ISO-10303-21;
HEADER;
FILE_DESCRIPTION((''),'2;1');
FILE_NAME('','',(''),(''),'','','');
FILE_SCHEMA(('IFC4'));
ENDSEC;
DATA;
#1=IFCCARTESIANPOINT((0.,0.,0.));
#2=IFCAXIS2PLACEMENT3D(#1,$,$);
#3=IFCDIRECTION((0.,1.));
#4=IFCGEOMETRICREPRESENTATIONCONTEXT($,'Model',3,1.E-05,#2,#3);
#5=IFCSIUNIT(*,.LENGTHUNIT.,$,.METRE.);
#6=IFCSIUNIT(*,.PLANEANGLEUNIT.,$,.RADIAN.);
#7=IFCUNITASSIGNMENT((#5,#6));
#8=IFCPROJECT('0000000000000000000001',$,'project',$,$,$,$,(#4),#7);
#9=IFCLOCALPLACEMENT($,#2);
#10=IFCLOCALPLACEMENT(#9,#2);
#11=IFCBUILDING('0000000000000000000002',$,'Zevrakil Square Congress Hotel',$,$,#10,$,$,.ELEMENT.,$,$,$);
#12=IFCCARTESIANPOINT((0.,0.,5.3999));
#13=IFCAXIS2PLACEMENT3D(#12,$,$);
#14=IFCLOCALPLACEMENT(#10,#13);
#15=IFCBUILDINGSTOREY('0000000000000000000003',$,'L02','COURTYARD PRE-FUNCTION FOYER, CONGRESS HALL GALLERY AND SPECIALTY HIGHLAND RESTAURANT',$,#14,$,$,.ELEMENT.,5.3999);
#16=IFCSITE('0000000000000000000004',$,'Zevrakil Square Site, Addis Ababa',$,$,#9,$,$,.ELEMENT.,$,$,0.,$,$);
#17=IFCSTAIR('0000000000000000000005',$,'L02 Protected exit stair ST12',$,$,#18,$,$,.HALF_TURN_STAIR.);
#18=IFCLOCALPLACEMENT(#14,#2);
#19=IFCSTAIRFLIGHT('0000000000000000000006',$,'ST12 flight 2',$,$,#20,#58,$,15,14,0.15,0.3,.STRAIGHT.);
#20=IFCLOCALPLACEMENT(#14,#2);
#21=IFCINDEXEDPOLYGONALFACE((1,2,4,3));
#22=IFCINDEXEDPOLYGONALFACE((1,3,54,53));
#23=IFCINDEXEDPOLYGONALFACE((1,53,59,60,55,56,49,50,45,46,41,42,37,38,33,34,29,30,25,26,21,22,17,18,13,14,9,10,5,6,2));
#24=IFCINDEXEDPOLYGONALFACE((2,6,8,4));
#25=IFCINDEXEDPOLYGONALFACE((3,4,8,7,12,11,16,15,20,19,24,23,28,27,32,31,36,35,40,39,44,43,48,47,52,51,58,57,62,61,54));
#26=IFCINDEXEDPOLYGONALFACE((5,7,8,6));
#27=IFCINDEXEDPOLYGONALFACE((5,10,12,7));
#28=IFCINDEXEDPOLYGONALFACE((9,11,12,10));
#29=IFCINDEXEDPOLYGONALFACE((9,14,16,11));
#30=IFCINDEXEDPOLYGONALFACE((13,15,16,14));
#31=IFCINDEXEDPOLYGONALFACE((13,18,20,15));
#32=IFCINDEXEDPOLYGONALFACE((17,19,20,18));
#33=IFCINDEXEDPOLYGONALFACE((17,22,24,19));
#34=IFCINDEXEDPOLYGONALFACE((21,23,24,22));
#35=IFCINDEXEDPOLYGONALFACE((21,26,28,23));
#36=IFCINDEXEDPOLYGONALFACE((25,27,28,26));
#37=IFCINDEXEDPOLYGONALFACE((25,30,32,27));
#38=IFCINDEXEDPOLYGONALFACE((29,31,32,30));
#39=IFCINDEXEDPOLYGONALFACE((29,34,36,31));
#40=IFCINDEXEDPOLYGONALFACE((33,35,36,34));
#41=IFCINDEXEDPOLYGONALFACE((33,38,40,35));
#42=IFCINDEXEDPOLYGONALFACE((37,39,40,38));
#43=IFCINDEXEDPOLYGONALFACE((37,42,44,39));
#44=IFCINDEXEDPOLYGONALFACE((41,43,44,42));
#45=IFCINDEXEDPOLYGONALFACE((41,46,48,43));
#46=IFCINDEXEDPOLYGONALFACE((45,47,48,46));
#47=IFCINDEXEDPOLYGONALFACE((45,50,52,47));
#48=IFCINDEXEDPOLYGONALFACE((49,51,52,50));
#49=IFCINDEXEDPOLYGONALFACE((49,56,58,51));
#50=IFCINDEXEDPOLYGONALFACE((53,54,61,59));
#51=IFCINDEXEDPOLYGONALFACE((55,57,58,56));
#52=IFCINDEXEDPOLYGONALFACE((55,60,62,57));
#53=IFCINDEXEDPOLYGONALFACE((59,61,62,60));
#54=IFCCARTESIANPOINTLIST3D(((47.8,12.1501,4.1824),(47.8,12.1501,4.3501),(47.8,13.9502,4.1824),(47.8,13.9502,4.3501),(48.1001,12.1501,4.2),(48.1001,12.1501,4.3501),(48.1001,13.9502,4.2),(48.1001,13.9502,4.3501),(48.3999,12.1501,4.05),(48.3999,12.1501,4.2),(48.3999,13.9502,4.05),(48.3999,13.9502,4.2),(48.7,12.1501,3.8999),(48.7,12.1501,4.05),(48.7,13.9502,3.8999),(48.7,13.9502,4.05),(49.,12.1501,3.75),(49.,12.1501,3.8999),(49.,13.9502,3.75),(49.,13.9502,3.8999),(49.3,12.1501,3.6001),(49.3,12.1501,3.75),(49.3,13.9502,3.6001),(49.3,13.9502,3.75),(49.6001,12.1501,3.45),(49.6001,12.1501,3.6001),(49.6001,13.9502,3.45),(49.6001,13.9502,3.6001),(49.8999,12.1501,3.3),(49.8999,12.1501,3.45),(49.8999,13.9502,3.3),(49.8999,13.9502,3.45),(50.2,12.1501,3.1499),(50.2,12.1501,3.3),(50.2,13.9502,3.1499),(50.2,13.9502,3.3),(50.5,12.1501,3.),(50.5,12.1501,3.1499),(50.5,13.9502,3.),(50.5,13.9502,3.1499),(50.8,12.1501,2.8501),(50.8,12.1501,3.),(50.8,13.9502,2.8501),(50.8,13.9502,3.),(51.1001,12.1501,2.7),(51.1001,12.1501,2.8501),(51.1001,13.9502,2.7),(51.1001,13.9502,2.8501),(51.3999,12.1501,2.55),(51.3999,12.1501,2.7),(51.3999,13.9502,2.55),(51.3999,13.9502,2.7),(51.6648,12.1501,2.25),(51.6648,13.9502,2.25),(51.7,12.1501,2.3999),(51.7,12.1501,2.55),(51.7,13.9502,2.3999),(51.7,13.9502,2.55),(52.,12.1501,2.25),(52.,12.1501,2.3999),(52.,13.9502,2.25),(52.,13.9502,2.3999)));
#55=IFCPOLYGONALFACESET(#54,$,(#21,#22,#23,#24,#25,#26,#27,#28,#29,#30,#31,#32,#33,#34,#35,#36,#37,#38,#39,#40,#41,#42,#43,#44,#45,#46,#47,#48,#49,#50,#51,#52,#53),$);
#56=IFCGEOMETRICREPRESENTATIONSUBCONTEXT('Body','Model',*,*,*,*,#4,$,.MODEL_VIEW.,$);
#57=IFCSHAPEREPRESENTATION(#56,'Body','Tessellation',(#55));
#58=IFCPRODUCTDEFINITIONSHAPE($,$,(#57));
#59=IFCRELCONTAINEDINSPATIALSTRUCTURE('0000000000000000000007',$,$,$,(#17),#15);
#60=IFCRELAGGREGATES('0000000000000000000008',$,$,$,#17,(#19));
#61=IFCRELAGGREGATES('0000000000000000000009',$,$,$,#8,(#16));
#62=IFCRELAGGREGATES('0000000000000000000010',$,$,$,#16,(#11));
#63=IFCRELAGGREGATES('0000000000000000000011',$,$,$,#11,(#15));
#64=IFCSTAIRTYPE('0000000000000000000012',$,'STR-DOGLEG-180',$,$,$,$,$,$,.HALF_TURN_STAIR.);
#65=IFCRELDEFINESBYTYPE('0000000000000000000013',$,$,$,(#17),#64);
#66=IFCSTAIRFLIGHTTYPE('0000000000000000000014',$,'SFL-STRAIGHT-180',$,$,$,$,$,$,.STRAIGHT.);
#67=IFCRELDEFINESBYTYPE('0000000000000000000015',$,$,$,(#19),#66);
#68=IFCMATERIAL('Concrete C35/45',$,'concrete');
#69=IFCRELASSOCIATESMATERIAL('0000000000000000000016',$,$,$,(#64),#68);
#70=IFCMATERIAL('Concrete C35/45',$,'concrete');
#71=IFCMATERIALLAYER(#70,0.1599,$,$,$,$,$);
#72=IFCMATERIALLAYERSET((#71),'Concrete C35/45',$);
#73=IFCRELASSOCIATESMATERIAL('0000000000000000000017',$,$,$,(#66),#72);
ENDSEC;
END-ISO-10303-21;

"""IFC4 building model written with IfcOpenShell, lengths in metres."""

from ifc_helpers import new_model, si_unit, direction, frame, origin, place, context, subcontext, project, spatial, polyline, outline, extrude, material, layer, layer_set, type_object, element, aggregate, save


model = new_model("IFC4")

# Units and contexts
model_context = context("Model", 3, precision=1e-05, world=origin(), true_north=direction((0.0, 1.0)))
body_context = subcontext(model_context, "Body", "Model", "MODEL_VIEW")
ifc_project = project(units=[si_unit("LENGTHUNIT", "METRE"), si_unit("PLANEANGLEUNIT", "RADIAN")], contexts=[model_context])

# Site, building, storey
site_placement = place(None, origin())
site = spatial("IfcSite", under=ifc_project, at=site_placement, Name="Zevrakil Square Site, Addis Ababa", CompositionType="ELEMENT", RefElevation=0.0)
building_placement = place(site_placement, origin())
building = spatial("IfcBuilding", under=site, at=building_placement, Name="Zevrakil Square Congress Hotel", CompositionType="ELEMENT")
storey_placement = place(building_placement, frame((0.0, 0.0, 5.3999)))
storey = spatial("IfcBuildingStorey", under=building, at=storey_placement, Name="L02", Description="COURTYARD PRE-FUNCTION FOYER, CONGRESS HALL GALLERY AND SPECIALTY HIGHLAND RESTAURANT", CompositionType="ELEMENT", Elevation=5.3999)

# Stair, stair flight
ifc_material_1 = material(Name="Concrete C35/45", Category="concrete")
stair_type = type_object("IfcStairType", Name="STR-DOGLEG-180", PredefinedType="HALF_TURN_STAIR", material=ifc_material_1)
stair_placement = place(storey_placement, origin())
stair = element("IfcStair", 1, at=stair_placement, inside=storey, type_object=stair_type, Name="L02 Protected exit stair ST12", PredefinedType="HALF_TURN_STAIR")
ifc_material_2 = material(Name="Concrete C35/45", Category="concrete")
ifc_layer_1 = layer(ifc_material_2, 0.1599)
ifc_layer_set_1 = layer_set([ifc_layer_1], Name="Concrete C35/45")
stair_flight_type = type_object("IfcStairFlightType", Name="SFL-STRAIGHT-180", PredefinedType="STRAIGHT", material=ifc_layer_set_1)
stair_flight_placement = place(storey_placement, frame((52.0, 13.05, 2.25), z_axis=(0.0, 0.0, 1.0), x_axis=(-1.0, 0.0, 0.0)))
stair_flight = element("IfcStairFlight", 2, at=stair_flight_placement, type_object=stair_flight_type, Name="ST12 flight 2", NumberOfRisers=15, NumberOfTreads=14, PredefinedType="STRAIGHT", RiserHeight=0.15, TreadLength=0.3, context=body_context, shape_type="SweptSolid", body=[
    extrude(outline(polyline([(0.0, 0.0), (0.0, 0.1499), (0.3, 0.1499), (0.3, 0.3), (0.6001, 0.3), (0.6001, 0.45), (0.8999, 0.45), (0.8999, 0.6001), (1.2, 0.6001), (1.2, 0.75), (1.5, 0.75), (1.5, 0.8999), (1.8, 0.8999), (1.8, 1.05), (2.1001, 1.05), (2.1001, 1.2), (2.3999, 1.2), (2.3999, 1.3501), (2.7, 1.3501), (2.7, 1.5), (3.0, 1.5), (3.0, 1.6499), (3.3, 1.6499), (3.3, 1.8), (3.6001, 1.8), (3.6001, 1.95), (3.8999, 1.95), (3.8999, 2.1001), (4.2, 2.1001), (4.2, 2.25), (4.2, 1.9324), (0.3352, 0.0), (0.0, 0.0)])), frame((0.0, 0.8999, 0.0), z_axis=(0.0, -1.0, 0.0), x_axis=(1.0, 0.0, 0.0)), (0.0, 0.0, 1.0), 1.8),
])
aggregate(stair, [stair_flight])

save(model, "model.ifc")
